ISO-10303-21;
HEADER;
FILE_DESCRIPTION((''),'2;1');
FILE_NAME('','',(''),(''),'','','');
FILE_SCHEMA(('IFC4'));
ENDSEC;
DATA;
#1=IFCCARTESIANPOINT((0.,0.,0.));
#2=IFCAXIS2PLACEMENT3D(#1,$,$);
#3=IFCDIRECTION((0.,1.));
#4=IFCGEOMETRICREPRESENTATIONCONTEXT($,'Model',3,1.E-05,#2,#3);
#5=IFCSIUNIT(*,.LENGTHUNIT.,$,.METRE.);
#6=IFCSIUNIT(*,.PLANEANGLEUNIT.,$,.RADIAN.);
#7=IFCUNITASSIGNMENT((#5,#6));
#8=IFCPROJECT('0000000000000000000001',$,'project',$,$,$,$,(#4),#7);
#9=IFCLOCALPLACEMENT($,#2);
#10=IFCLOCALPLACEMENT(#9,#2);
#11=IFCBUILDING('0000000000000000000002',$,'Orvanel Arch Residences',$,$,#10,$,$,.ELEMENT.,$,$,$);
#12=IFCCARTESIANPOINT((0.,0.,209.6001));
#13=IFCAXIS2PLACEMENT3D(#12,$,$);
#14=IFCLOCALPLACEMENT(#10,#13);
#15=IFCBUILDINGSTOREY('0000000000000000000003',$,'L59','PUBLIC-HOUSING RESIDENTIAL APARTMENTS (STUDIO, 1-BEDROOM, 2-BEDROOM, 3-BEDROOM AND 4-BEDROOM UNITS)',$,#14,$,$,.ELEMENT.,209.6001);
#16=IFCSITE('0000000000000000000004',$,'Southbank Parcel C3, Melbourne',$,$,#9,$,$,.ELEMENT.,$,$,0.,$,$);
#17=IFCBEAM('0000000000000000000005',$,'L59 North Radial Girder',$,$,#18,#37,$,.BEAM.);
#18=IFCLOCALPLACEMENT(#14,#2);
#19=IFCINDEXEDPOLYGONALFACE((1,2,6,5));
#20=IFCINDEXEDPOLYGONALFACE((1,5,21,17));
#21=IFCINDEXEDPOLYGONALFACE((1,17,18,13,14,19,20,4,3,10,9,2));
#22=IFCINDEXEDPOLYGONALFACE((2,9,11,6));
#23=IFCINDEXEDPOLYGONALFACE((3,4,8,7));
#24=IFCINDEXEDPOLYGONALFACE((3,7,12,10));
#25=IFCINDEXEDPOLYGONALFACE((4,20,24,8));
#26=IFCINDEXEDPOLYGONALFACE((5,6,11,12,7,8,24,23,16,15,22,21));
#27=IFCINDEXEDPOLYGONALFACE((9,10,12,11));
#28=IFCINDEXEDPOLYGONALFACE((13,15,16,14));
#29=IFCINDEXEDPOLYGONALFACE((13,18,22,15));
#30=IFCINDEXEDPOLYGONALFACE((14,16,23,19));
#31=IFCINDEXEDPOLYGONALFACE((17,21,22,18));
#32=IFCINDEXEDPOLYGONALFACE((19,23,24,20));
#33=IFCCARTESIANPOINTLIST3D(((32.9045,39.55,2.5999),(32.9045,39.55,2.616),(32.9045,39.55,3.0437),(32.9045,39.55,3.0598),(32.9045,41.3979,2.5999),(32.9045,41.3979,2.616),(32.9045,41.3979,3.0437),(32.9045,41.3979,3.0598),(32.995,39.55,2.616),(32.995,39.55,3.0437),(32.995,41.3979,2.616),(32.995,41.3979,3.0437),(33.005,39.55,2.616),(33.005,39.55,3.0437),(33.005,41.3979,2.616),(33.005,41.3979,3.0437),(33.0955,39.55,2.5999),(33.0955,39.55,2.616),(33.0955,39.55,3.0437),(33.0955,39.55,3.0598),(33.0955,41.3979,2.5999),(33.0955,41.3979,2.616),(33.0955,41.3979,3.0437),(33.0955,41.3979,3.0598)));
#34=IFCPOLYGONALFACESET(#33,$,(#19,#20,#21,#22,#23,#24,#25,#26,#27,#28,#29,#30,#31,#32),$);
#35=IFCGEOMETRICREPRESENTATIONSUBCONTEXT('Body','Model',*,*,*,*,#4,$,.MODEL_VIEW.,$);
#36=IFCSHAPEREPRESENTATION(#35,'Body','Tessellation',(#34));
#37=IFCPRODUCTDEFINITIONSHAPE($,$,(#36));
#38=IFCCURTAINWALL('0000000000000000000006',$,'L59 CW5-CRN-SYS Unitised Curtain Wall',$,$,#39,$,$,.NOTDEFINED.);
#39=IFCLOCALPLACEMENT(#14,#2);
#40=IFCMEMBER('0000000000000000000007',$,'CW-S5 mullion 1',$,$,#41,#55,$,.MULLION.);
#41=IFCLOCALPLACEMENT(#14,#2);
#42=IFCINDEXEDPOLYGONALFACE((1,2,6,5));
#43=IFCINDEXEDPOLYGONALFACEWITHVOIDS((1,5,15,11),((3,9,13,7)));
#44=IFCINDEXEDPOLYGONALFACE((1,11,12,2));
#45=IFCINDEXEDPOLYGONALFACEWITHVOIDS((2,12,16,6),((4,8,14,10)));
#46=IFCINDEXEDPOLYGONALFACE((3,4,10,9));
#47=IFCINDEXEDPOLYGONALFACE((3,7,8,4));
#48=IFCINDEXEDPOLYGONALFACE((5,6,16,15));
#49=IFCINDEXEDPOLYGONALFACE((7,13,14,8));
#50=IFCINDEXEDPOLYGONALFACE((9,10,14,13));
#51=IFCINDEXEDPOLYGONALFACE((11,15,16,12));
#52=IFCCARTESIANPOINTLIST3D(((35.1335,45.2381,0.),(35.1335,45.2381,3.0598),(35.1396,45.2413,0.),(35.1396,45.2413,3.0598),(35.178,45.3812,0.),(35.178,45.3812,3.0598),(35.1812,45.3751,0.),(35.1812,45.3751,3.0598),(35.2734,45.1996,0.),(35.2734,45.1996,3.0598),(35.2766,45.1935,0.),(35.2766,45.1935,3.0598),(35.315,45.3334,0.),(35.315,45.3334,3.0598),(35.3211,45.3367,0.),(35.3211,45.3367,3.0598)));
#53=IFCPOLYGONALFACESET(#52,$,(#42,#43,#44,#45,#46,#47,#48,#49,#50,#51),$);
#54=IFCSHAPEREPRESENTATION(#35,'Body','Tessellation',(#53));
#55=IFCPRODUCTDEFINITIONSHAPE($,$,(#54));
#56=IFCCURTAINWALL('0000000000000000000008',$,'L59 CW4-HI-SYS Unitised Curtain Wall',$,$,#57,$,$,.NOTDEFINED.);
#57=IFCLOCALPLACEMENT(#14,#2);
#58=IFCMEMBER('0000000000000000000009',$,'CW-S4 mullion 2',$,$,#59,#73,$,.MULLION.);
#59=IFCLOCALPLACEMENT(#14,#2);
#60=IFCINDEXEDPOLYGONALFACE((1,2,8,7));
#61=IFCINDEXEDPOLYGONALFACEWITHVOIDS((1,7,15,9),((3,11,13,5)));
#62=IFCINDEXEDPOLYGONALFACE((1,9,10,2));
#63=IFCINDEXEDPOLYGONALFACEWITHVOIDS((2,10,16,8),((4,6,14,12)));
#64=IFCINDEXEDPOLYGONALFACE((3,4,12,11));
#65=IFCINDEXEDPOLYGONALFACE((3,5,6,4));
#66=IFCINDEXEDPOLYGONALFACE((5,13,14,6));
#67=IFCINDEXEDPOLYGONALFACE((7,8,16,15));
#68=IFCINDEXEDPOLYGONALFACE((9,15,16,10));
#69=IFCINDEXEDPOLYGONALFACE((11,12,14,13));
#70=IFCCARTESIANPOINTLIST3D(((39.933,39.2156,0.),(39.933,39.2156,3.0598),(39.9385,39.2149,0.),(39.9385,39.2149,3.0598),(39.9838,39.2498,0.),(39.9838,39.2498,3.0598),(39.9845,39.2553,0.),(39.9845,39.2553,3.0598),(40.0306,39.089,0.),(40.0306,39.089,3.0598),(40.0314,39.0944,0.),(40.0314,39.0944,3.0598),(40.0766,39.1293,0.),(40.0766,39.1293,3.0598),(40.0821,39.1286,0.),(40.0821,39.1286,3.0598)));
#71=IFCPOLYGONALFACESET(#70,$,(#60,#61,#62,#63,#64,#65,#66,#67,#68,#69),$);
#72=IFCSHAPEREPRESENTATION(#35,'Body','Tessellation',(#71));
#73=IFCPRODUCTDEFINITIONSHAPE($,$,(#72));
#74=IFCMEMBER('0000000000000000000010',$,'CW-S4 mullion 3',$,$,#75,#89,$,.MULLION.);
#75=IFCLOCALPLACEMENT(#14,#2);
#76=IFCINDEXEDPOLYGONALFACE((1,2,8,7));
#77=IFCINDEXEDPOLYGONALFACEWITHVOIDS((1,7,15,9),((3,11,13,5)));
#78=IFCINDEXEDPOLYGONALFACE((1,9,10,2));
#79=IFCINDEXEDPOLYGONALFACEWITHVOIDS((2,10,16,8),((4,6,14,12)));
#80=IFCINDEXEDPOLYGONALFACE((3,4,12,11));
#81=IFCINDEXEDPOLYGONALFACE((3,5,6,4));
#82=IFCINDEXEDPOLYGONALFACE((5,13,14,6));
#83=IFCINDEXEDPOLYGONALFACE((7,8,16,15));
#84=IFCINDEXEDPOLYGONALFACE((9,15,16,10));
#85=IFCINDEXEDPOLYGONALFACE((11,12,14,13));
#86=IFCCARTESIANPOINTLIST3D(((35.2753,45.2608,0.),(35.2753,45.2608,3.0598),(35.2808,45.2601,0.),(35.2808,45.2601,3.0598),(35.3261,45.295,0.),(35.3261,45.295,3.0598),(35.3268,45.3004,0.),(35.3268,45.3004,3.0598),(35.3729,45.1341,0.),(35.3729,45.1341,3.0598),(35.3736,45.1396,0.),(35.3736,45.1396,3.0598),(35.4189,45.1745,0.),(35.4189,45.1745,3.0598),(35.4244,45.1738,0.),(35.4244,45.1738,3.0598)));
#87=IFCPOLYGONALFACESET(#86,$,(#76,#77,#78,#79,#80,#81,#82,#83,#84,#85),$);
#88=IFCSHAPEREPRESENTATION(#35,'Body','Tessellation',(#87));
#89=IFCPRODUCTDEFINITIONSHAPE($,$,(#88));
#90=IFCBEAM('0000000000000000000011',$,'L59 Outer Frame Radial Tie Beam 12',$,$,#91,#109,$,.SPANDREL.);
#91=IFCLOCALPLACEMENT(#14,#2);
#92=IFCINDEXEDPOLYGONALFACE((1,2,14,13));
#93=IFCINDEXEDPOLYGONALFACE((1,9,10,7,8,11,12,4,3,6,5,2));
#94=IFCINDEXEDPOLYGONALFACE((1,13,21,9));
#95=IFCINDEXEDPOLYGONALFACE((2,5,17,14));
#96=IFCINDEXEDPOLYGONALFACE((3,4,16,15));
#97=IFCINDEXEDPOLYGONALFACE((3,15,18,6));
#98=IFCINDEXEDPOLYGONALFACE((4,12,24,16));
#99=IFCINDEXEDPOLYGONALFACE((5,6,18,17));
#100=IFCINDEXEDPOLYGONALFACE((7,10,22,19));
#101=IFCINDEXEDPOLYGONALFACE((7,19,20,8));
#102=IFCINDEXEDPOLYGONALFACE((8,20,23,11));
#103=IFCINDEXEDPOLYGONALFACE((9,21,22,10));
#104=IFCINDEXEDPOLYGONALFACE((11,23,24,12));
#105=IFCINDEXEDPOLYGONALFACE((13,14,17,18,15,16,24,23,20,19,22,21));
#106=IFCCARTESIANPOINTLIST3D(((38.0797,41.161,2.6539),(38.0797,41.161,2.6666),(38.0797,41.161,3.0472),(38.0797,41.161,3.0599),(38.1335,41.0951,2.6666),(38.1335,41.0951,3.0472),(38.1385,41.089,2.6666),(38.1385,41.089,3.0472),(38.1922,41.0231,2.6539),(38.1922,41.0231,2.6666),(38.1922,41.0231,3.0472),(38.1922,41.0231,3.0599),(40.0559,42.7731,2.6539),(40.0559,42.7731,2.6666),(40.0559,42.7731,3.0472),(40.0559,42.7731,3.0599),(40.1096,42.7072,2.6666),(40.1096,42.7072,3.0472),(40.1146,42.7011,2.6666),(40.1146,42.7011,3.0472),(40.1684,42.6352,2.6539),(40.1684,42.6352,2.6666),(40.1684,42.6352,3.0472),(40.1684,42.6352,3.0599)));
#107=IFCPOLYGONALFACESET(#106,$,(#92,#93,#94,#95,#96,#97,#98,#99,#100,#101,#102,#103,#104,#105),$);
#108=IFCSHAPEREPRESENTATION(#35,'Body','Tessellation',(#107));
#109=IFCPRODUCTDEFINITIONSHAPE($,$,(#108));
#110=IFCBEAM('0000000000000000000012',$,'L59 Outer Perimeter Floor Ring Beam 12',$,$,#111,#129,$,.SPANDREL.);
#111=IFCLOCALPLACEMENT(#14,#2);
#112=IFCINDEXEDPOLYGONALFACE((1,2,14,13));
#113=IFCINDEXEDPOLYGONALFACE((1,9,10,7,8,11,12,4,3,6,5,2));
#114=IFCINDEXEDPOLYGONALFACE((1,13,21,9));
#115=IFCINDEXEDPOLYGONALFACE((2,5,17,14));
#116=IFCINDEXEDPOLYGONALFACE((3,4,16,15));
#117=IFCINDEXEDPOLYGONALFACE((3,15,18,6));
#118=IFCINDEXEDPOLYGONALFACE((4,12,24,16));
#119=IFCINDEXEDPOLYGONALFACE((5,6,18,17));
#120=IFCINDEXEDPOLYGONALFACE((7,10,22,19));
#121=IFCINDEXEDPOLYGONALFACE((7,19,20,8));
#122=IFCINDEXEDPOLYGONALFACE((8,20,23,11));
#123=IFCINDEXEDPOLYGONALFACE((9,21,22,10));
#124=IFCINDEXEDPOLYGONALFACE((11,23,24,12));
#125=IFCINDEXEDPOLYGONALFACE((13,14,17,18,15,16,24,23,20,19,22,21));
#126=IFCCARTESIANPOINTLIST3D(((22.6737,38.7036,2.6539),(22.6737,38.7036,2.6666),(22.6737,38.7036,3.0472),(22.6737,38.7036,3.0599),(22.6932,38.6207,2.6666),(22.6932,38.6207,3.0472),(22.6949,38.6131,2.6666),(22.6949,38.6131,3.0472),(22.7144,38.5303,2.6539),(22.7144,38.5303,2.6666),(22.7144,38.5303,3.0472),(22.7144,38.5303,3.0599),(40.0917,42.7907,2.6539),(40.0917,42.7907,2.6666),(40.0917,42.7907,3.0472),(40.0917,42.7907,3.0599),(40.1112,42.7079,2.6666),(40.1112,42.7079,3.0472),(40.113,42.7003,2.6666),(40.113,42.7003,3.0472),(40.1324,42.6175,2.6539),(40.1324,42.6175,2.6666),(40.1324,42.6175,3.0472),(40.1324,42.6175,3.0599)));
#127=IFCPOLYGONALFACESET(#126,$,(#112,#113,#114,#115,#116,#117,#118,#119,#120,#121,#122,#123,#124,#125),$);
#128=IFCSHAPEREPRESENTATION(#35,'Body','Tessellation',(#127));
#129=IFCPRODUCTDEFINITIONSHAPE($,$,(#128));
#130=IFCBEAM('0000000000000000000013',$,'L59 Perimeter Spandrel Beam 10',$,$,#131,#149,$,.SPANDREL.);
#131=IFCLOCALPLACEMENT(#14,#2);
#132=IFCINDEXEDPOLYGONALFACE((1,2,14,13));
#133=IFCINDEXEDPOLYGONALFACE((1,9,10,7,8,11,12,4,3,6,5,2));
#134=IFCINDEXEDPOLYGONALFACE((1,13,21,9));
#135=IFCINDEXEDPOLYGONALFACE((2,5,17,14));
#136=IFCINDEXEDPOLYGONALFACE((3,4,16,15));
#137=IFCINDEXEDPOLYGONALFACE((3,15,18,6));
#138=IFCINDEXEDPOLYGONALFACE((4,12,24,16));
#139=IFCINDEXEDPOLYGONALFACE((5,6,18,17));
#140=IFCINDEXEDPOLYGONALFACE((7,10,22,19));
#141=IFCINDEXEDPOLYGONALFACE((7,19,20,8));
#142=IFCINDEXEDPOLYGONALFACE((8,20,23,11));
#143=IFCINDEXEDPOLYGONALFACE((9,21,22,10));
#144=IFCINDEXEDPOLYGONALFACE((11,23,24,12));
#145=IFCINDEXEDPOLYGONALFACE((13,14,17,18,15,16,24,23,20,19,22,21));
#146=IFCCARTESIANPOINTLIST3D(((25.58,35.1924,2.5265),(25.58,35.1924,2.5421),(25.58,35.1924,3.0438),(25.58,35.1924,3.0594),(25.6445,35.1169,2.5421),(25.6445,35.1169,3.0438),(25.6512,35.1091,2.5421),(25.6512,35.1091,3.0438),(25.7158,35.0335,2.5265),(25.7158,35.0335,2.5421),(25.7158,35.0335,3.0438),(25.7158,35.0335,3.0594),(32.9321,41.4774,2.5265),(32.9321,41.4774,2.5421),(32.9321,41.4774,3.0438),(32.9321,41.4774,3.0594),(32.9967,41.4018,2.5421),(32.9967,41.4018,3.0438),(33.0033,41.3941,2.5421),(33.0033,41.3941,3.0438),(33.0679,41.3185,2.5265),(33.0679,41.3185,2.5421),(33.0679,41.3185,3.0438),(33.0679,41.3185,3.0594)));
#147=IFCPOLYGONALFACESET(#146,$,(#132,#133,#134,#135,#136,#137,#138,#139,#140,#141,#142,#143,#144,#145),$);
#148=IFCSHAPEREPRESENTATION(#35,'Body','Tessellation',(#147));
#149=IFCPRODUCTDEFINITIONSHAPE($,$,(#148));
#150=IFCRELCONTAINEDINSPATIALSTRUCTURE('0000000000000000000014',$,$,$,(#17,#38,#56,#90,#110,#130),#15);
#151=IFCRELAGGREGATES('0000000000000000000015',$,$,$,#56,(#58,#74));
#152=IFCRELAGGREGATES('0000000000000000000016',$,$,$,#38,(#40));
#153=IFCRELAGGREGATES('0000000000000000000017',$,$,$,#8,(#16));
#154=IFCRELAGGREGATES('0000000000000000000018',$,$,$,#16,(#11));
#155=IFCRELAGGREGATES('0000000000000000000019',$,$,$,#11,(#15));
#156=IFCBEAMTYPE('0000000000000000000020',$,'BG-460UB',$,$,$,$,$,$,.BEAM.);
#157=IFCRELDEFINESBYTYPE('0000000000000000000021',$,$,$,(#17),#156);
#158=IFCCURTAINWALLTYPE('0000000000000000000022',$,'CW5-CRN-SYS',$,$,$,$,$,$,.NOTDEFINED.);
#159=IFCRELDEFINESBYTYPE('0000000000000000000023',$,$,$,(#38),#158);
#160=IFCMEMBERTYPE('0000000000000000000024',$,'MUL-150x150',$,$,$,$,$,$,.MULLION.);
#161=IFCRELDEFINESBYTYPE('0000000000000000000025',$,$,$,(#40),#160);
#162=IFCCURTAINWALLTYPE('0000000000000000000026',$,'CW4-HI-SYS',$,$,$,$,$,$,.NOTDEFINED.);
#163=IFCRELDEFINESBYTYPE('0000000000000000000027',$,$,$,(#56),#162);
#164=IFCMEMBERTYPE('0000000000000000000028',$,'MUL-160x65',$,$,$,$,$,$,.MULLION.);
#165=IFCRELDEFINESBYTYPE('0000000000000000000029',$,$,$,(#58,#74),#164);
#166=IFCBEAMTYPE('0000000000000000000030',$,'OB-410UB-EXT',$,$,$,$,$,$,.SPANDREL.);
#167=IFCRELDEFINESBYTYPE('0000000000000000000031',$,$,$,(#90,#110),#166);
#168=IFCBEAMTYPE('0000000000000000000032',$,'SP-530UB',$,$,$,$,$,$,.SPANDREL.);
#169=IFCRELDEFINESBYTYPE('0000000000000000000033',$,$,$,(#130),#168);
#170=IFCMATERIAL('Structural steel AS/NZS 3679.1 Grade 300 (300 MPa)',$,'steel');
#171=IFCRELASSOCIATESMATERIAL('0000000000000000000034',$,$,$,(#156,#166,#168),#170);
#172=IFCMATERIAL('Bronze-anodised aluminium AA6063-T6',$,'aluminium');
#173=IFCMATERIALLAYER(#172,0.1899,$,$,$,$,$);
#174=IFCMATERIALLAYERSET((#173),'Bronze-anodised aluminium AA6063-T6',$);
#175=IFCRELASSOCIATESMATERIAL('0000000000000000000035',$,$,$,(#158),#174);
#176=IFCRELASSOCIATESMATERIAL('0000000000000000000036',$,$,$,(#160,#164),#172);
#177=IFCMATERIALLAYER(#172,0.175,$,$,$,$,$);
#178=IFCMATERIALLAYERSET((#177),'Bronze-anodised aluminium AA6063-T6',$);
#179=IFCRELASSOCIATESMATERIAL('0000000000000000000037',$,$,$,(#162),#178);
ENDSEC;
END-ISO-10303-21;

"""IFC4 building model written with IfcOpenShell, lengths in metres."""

from ifc_helpers import new_model, si_unit, direction, frame, origin, origin_2d, place, context, subcontext, project, spatial, hollow_rectangle, i_section, extrude, material, layer, layer_set, material_profile, profile_set, type_object, element, aggregate, save


model = new_model("IFC4")

# Units and contexts
model_context = context("Model", 3, precision=1e-05, world=origin(), true_north=direction((0.0, 1.0)))
body_context = subcontext(model_context, "Body", "Model", "MODEL_VIEW")
ifc_project = project(units=[si_unit("LENGTHUNIT", "METRE"), si_unit("PLANEANGLEUNIT", "RADIAN")], contexts=[model_context])

# Site, building, storey
site_placement = place(None, origin())
site = spatial("IfcSite", under=ifc_project, at=site_placement, Name="Southbank Parcel C3, Melbourne", CompositionType="ELEMENT", RefElevation=0.0)
building_placement = place(site_placement, origin())
building = spatial("IfcBuilding", under=site, at=building_placement, Name="Orvanel Arch Residences", CompositionType="ELEMENT")
storey_placement = place(building_placement, frame((0.0, 0.0, 209.6001)))
storey = spatial("IfcBuildingStorey", under=building, at=storey_placement, Name="L59", Description="PUBLIC-HOUSING RESIDENTIAL APARTMENTS (STUDIO, 1-BEDROOM, 2-BEDROOM, 3-BEDROOM AND 4-BEDROOM UNITS)", CompositionType="ELEMENT", Elevation=209.6001)

# Beam
ifc_material_1 = material(Name="Structural steel AS/NZS 3679.1 Grade 300 (300 MPa)", Category="steel")
ifc_material_profile_1 = material_profile(ifc_material_1, i_section(OverallWidth=0.1909, OverallDepth=0.46, WebThickness=0.01, FlangeThickness=0.0161, at=origin_2d()), Name="460UB82.1")
ifc_profile_set_1 = profile_set([ifc_material_profile_1], Name="Structural steel AS/NZS 3679.1 Grade 300 (300 MPa)")
beam_type_1 = type_object("IfcBeamType", Name="BG-460UB", PredefinedType="BEAM", material=ifc_profile_set_1)
beam_1_placement = place(storey_placement, frame((33.0, 39.55, 2.8298), z_axis=(0.0, 1.0, 0.0), x_axis=(-1.0, 0.0, 0.0)))
element("IfcBeam", 1, at=beam_1_placement, inside=storey, type_object=beam_type_1, Name="L59 North Radial Girder", PredefinedType="BEAM", context=body_context, shape_type="SweptSolid", body=[
    extrude(i_section(OverallWidth=0.1909, OverallDepth=0.46, WebThickness=0.01, FlangeThickness=0.0161, at=origin_2d()), origin(), (0.0, 0.0, 1.0), 1.8479),
])

# Curtain wall, member
ifc_material_2 = material(Name="Bronze-anodised aluminium AA6063-T6", Category="aluminium")
ifc_layer_1 = layer(ifc_material_2, 0.1899)
ifc_layer_set_1 = layer_set([ifc_layer_1], Name="Bronze-anodised aluminium AA6063-T6")
curtain_wall_type_1 = type_object("IfcCurtainWallType", Name="CW5-CRN-SYS", PredefinedType="NOTDEFINED", material=ifc_layer_set_1)
curtain_wall_1_placement = place(storey_placement, origin())
curtain_wall_1 = element("IfcCurtainWall", 2, at=curtain_wall_1_placement, inside=storey, type_object=curtain_wall_type_1, Name="L59 CW5-CRN-SYS Unitised Curtain Wall", PredefinedType="NOTDEFINED")
ifc_material_profile_2 = material_profile(ifc_material_2, hollow_rectangle(XDim=0.1499, YDim=0.1499, WallThickness=0.0049, at=origin_2d()), Name="ALU150x150x5")
ifc_profile_set_2 = profile_set([ifc_material_profile_2], Name="Bronze-anodised aluminium AA6063-T6")
member_type_1 = type_object("IfcMemberType", Name="MUL-150x150", PredefinedType="MULLION", material=ifc_profile_set_2)
member_1_placement = place(storey_placement, frame((35.2273, 45.2874, 0.0), z_axis=(0.0, 0.0, 1.0), x_axis=(-0.297117, -0.954841, 0.0)))
member_1 = element("IfcMember", 3, at=member_1_placement, type_object=member_type_1, Name="CW-S5 mullion 1", PredefinedType="MULLION", context=body_context, shape_type="SweptSolid", body=[
    extrude(hollow_rectangle(XDim=0.1499, YDim=0.1499, WallThickness=0.0049, at=origin_2d()), origin(), (0.0, 0.0, 1.0), 3.0598),
])

# Curtain wall, members
ifc_layer_2 = layer(ifc_material_2, 0.175)
ifc_layer_set_2 = layer_set([ifc_layer_2], Name="Bronze-anodised aluminium AA6063-T6")
curtain_wall_type_2 = type_object("IfcCurtainWallType", Name="CW4-HI-SYS", PredefinedType="NOTDEFINED", material=ifc_layer_set_2)
curtain_wall_2_placement = place(storey_placement, origin())
curtain_wall_2 = element("IfcCurtainWall", 4, at=curtain_wall_2_placement, inside=storey, type_object=curtain_wall_type_2, Name="L59 CW4-HI-SYS Unitised Curtain Wall", PredefinedType="NOTDEFINED")
ifc_material_profile_3 = material_profile(ifc_material_2, hollow_rectangle(XDim=0.0649, YDim=0.1599, WallThickness=0.0039, at=origin_2d()), Name="ALU160x65x4")
ifc_profile_set_3 = profile_set([ifc_material_profile_3], Name="Bronze-anodised aluminium AA6063-T6")
member_type_2 = type_object("IfcMemberType", Name="MUL-160x65", PredefinedType="MULLION", material=ifc_profile_set_3)
member_2_placement = place(storey_placement, frame((40.0076, 39.1721, 0.0), z_axis=(0.0, 0.0, 1.0), x_axis=(-0.792151, -0.610325, 0.0)))
member_2 = element("IfcMember", 5, at=member_2_placement, type_object=member_type_2, Name="CW-S4 mullion 2", PredefinedType="MULLION", context=body_context, shape_type="SweptSolid", body=[
    extrude(hollow_rectangle(XDim=0.0649, YDim=0.1599, WallThickness=0.0039, at=origin_2d()), origin(), (0.0, 0.0, 1.0), 3.0598),
])
member_3_placement = place(storey_placement, frame((35.3499, 45.2173, 0.0), z_axis=(0.0, 0.0, 1.0), x_axis=(-0.792151, -0.610325, 0.0)))
member_3 = element("IfcMember", 6, at=member_3_placement, type_object=member_type_2, Name="CW-S4 mullion 3", PredefinedType="MULLION", context=body_context, shape_type="SweptSolid", body=[
    extrude(hollow_rectangle(XDim=0.0649, YDim=0.1599, WallThickness=0.0039, at=origin_2d()), origin(), (0.0, 0.0, 1.0), 3.0598),
])

# Beams
ifc_material_profile_4 = material_profile(ifc_material_1, i_section(OverallWidth=0.178, OverallDepth=0.406, WebThickness=0.0078, FlangeThickness=0.0127, at=origin_2d()), Name="410UB59.7")
ifc_profile_set_4 = profile_set([ifc_material_profile_4], Name="Structural steel AS/NZS 3679.1 Grade 300 (300 MPa)")
beam_type_2 = type_object("IfcBeamType", Name="OB-410UB-EXT", PredefinedType="SPANDREL", material=ifc_profile_set_4)
beam_2_placement = place(storey_placement, frame((38.136, 41.092, 2.8569), z_axis=(0.774865, 0.632127, 0.0), x_axis=(-0.632127, 0.774865, 0.0)))
element("IfcBeam", 7, at=beam_2_placement, inside=storey, type_object=beam_type_2, Name="L59 Outer Frame Radial Tie Beam 12", PredefinedType="SPANDREL", context=body_context, shape_type="SweptSolid", body=[
    extrude(i_section(OverallWidth=0.178, OverallDepth=0.406, WebThickness=0.0078, FlangeThickness=0.0127, at=origin_2d()), origin(), (0.0, 0.0, 1.0), 2.5503),
])
beam_3_placement = place(storey_placement, frame((40.1121, 42.7041, 2.8569), z_axis=(-0.973556, -0.228447, 0.0), x_axis=(0.228447, -0.973556, 0.0)))
element("IfcBeam", 8, at=beam_3_placement, inside=storey, type_object=beam_type_2, Name="L59 Outer Perimeter Floor Ring Beam 12", PredefinedType="SPANDREL", context=body_context, shape_type="SweptSolid", body=[
    extrude(i_section(OverallWidth=0.178, OverallDepth=0.406, WebThickness=0.0078, FlangeThickness=0.0127, at=origin_2d()), origin(), (0.0, 0.0, 1.0), 17.8911),
])
ifc_material_profile_5 = material_profile(ifc_material_1, i_section(OverallWidth=0.209, OverallDepth=0.533, WebThickness=0.0103, FlangeThickness=0.0156, at=origin_2d()), Name="530UB92.4")
ifc_profile_set_5 = profile_set([ifc_material_profile_5], Name="Structural steel AS/NZS 3679.1 Grade 300 (300 MPa)")
beam_type_3 = type_object("IfcBeamType", Name="SP-530UB", PredefinedType="SPANDREL", material=ifc_profile_set_5)
beam_4_placement = place(storey_placement, frame((33.0, 41.3979, 2.793), z_axis=(-0.760117, -0.649787, 0.0), x_axis=(0.649787, -0.760117, 0.0)))
element("IfcBeam", 9, at=beam_4_placement, inside=storey, type_object=beam_type_3, Name="L59 Perimeter Spandrel Beam 10", PredefinedType="SPANDREL", context=body_context, shape_type="SweptSolid", body=[
    extrude(i_section(OverallWidth=0.209, OverallDepth=0.533, WebThickness=0.0103, FlangeThickness=0.0156, at=origin_2d()), origin(), (0.0, 0.0, 1.0), 9.6724),
])

aggregate(curtain_wall_2, [member_2, member_3])
aggregate(curtain_wall_1, [member_1])

save(model, "model.ifc")
